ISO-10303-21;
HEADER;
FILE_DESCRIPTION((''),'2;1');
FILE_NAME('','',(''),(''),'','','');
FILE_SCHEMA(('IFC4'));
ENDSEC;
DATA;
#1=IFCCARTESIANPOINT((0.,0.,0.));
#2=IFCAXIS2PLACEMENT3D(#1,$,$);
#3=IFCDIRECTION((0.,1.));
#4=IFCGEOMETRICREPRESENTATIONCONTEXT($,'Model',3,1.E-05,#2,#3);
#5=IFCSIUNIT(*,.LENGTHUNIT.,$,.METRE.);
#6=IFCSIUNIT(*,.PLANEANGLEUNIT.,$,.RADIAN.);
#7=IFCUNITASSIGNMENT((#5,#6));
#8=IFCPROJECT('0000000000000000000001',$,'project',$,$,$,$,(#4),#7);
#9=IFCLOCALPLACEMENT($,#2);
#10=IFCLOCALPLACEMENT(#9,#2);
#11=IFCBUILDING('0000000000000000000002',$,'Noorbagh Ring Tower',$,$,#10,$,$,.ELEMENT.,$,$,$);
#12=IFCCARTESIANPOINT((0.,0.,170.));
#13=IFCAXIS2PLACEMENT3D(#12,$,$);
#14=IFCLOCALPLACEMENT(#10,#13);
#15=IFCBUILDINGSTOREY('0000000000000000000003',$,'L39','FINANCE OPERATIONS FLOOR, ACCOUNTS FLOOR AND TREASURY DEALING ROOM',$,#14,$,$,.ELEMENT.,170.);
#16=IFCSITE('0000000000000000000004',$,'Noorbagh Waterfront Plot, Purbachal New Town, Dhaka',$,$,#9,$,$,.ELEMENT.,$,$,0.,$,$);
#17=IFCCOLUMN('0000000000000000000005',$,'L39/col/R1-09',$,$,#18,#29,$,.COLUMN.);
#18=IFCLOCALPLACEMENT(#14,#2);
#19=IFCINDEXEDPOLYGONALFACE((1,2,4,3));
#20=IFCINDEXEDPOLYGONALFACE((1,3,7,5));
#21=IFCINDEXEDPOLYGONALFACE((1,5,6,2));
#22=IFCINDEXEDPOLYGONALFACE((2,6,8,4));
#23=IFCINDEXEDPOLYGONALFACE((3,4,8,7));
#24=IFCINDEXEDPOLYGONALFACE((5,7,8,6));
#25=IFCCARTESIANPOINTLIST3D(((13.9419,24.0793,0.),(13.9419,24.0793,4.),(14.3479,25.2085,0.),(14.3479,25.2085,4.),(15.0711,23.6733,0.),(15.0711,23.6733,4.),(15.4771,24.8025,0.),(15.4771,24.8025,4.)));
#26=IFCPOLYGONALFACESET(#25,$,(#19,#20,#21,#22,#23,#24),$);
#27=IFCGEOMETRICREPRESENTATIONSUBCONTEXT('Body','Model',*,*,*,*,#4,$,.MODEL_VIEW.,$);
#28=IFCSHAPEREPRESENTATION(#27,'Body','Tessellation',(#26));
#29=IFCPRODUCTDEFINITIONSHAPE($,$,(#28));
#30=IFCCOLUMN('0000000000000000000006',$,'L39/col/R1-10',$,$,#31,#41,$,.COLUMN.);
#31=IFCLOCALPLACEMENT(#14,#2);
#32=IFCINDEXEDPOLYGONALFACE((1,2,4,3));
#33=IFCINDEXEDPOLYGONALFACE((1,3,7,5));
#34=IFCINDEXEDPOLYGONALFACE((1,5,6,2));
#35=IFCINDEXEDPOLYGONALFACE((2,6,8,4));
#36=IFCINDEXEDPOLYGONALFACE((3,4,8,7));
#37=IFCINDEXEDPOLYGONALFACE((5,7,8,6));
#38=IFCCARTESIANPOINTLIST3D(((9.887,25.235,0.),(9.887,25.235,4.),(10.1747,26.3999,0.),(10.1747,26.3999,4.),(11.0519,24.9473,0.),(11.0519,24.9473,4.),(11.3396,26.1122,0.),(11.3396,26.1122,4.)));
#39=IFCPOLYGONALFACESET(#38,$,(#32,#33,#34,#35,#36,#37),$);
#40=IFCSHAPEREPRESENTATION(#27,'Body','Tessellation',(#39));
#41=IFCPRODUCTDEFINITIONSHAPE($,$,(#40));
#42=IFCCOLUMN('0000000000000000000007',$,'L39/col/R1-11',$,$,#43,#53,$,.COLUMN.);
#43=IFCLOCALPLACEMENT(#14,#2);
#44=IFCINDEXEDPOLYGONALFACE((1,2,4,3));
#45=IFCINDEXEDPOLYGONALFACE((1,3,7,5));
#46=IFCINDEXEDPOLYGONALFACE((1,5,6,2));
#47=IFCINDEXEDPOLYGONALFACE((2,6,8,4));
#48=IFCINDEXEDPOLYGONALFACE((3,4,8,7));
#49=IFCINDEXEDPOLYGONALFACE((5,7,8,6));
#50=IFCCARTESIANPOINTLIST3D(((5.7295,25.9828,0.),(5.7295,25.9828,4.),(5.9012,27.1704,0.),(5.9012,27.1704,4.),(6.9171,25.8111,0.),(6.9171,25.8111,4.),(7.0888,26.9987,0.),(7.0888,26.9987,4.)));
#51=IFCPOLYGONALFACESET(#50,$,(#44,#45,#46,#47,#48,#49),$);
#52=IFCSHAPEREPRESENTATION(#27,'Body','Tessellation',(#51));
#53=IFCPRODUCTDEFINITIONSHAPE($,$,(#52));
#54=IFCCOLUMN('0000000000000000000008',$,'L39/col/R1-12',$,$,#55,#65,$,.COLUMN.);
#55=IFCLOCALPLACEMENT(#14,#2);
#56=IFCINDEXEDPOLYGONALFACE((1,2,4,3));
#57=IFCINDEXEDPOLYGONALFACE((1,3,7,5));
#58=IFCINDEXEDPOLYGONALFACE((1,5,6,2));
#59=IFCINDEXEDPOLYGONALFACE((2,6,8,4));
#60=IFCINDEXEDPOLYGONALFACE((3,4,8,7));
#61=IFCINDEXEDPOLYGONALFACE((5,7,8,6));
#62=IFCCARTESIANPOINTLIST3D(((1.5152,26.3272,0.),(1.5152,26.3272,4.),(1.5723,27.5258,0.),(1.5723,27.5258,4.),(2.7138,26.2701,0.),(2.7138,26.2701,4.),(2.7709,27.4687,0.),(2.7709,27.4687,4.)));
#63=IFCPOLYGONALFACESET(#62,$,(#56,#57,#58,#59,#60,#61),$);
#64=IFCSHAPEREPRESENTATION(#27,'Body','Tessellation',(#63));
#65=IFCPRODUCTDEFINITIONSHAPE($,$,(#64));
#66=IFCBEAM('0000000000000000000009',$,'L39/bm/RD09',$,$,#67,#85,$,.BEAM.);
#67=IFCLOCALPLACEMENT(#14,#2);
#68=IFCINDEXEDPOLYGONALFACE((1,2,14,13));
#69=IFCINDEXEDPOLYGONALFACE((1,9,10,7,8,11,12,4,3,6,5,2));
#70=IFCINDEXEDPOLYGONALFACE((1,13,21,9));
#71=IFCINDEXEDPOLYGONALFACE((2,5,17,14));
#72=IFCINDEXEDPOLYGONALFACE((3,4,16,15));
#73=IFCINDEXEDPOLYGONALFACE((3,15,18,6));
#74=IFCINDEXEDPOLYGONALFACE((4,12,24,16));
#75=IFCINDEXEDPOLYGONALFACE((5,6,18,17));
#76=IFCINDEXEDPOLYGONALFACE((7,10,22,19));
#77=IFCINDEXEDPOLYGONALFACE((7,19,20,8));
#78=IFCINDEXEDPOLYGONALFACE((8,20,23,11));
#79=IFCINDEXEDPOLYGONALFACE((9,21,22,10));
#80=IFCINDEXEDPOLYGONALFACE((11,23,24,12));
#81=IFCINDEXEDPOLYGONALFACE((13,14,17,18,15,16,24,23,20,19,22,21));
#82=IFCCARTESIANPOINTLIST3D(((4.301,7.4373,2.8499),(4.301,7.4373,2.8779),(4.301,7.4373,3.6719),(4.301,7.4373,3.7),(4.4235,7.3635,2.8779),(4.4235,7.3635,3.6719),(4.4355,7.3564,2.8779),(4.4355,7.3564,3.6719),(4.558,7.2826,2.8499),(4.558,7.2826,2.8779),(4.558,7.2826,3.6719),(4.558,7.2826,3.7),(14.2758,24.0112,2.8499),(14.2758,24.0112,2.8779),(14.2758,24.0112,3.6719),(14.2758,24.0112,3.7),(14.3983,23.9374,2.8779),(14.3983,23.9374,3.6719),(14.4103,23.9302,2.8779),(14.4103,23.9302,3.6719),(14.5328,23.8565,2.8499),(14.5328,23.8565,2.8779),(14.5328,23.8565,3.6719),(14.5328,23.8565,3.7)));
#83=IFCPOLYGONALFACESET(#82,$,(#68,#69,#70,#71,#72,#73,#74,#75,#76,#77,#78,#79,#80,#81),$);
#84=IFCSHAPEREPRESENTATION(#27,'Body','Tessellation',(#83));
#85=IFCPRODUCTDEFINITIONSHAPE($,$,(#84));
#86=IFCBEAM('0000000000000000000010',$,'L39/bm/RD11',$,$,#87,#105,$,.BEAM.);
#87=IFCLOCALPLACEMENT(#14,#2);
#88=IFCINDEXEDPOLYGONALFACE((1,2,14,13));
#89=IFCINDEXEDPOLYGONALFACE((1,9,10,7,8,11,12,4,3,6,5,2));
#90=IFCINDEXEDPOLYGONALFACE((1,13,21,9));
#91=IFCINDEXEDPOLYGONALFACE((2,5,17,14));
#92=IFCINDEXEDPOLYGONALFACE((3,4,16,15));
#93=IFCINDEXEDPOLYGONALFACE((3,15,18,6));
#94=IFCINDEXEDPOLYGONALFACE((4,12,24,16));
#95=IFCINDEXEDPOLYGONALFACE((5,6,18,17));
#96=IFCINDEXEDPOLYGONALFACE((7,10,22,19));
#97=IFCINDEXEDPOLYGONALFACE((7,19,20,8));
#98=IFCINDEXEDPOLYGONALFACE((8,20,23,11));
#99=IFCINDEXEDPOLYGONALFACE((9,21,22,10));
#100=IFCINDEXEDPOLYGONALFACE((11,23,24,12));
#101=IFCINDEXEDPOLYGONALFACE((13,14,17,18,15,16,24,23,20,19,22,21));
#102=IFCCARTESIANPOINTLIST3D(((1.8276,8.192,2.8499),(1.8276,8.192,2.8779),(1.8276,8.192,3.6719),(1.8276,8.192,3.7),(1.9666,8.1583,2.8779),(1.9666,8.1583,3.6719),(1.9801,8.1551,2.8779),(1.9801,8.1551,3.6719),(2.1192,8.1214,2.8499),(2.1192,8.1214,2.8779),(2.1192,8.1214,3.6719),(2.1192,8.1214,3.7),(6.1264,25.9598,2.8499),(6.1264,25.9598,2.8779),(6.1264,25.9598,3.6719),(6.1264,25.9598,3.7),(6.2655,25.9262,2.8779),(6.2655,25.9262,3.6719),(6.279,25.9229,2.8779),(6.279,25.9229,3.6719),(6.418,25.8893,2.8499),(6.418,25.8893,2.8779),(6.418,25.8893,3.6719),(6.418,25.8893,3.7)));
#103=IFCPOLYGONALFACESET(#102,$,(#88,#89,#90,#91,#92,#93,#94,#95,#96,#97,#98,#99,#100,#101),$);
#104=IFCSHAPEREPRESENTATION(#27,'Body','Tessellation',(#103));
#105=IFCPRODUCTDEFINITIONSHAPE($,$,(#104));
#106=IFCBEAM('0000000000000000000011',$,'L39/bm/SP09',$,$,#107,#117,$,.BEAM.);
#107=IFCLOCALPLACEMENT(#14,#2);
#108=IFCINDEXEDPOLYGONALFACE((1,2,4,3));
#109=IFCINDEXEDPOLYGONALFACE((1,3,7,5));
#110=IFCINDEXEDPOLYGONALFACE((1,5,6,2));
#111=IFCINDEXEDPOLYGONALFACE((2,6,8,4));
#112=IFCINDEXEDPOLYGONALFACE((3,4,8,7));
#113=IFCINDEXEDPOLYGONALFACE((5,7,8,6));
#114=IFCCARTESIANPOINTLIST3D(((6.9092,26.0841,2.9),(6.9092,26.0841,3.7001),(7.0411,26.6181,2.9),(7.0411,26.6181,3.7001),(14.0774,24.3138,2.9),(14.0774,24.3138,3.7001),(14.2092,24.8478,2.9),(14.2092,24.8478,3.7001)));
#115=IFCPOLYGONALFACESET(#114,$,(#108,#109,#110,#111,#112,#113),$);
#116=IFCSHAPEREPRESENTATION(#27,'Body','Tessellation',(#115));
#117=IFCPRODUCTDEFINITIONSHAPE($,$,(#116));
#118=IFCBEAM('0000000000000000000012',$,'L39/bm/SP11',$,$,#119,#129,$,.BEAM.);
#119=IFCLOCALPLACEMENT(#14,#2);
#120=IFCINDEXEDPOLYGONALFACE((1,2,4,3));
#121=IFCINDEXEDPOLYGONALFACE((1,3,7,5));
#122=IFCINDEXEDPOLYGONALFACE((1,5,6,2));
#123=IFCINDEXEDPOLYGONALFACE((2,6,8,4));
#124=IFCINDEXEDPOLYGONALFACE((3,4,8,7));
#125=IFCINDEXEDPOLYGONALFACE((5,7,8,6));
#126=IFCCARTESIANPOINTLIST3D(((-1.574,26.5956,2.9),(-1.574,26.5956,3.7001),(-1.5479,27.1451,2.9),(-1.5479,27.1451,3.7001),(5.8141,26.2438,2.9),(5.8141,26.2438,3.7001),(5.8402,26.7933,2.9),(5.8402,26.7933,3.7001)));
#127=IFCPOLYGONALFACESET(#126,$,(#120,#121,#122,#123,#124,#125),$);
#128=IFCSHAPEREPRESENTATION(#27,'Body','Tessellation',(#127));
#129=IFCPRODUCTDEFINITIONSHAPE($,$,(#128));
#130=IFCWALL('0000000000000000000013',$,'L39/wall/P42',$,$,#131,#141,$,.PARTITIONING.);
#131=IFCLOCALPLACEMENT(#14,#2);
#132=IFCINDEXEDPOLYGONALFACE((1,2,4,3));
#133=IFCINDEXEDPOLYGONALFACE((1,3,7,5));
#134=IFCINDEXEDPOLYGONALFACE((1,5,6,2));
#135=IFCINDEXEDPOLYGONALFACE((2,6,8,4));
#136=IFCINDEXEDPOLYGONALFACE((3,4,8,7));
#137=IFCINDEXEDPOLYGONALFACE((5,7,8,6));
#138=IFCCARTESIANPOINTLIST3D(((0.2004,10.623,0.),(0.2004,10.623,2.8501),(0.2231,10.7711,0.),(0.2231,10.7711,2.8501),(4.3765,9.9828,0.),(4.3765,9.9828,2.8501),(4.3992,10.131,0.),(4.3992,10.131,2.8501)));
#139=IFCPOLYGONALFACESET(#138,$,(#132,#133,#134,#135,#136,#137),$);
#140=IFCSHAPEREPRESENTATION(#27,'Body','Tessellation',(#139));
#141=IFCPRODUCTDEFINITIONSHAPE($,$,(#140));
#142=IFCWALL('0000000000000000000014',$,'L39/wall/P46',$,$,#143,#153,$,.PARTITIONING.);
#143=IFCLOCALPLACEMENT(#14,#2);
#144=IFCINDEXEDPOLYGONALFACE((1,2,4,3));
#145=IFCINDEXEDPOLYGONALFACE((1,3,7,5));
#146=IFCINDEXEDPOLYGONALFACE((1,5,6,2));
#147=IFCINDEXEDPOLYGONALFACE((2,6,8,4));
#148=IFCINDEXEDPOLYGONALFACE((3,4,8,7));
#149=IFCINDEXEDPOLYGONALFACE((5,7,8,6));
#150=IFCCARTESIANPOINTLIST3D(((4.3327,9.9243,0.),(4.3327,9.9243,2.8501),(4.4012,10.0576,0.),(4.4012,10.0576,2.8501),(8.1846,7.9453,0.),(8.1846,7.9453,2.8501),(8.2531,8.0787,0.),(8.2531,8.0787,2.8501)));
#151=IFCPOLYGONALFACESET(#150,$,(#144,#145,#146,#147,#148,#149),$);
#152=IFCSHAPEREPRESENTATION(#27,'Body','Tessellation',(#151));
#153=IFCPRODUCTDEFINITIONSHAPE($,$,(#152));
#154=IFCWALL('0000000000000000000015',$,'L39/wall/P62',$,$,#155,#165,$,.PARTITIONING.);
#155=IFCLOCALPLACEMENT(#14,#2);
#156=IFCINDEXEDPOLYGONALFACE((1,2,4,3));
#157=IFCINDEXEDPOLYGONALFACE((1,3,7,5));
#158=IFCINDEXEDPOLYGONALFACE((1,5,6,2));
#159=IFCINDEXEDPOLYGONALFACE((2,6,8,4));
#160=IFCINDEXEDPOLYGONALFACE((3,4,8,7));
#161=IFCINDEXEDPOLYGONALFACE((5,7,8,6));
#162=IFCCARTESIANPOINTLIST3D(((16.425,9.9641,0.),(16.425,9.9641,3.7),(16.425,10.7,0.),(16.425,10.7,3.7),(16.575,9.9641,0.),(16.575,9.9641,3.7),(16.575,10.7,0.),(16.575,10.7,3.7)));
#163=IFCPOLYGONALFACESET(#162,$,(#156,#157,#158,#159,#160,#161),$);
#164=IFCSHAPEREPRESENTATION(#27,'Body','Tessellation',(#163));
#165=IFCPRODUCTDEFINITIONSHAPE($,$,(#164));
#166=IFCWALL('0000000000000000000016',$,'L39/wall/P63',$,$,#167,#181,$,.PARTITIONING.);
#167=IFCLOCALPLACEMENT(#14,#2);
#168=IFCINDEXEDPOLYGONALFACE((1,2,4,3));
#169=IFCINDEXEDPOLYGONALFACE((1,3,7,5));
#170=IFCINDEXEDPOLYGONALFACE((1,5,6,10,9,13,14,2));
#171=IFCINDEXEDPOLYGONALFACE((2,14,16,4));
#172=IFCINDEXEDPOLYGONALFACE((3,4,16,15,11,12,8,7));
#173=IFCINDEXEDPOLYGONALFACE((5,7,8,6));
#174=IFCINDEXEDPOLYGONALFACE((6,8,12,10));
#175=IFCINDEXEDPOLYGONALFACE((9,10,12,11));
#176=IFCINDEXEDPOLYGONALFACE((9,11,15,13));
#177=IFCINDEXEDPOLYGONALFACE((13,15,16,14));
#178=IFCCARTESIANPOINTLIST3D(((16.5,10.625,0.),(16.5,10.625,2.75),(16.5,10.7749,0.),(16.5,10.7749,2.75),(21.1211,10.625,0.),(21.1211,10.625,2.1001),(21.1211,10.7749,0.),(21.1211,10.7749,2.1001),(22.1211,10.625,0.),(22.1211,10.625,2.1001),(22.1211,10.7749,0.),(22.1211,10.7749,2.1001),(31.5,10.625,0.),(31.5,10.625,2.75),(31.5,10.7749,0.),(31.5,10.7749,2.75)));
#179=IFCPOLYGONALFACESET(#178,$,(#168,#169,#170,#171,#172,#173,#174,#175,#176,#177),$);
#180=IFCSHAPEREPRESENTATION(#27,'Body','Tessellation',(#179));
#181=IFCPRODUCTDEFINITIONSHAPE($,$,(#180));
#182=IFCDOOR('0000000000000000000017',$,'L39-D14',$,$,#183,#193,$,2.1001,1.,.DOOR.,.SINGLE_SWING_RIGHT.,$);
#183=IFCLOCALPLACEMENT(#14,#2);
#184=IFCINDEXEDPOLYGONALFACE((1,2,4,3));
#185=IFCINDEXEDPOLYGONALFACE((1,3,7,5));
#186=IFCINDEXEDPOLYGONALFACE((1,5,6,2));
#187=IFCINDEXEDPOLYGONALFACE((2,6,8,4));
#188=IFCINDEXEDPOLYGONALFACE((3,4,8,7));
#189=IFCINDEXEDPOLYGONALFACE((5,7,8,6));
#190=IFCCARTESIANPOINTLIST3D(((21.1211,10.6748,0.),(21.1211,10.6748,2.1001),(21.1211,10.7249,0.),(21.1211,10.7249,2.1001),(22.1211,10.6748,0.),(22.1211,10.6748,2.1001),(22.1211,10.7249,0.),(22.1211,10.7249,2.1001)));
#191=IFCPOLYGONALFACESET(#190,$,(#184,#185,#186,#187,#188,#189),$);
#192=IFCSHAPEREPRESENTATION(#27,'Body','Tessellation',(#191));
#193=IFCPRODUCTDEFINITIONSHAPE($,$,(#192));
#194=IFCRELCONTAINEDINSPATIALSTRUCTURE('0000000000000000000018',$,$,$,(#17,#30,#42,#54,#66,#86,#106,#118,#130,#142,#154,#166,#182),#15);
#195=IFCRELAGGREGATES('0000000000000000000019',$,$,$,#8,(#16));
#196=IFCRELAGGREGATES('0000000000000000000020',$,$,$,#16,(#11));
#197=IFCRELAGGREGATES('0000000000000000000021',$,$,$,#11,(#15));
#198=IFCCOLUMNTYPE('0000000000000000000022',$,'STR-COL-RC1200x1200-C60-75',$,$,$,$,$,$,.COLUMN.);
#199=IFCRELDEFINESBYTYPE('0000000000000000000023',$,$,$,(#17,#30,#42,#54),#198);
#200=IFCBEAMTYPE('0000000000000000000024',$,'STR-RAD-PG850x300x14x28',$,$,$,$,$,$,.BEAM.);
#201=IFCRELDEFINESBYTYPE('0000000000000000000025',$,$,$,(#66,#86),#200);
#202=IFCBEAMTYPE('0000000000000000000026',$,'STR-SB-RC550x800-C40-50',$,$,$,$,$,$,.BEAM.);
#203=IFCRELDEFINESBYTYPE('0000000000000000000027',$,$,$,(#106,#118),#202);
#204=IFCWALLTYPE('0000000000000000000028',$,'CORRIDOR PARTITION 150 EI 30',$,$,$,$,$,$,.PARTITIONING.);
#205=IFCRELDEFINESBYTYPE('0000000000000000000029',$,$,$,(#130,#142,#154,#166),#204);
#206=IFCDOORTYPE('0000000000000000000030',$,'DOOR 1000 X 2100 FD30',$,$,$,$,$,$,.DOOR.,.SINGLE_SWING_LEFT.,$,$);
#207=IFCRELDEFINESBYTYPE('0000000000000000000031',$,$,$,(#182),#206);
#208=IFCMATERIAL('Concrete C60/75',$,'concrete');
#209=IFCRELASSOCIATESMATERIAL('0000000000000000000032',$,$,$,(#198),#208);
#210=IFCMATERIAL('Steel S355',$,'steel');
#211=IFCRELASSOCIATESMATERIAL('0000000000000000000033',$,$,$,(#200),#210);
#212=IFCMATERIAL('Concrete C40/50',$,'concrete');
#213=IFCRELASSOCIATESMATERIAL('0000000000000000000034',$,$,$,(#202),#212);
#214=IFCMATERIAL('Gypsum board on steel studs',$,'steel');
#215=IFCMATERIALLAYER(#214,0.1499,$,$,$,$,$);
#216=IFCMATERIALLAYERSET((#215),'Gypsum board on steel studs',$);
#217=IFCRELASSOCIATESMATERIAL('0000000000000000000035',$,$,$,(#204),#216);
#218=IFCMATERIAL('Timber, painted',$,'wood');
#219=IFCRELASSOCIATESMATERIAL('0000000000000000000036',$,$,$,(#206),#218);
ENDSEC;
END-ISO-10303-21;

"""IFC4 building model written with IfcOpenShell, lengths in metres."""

from ifc_helpers import new_model, si_unit, direction, frame, frame_2d, origin, origin_2d, place, context, subcontext, project, spatial, rectangle, i_section, extrude, material, layer, layer_set, material_profile, profile_set, type_object, element, fill, save


model = new_model("IFC4")

# Units and contexts
model_context = context("Model", 3, precision=1e-05, world=origin(), true_north=direction((0.0, 1.0)))
body_context = subcontext(model_context, "Body", "Model", "MODEL_VIEW")
ifc_project = project(units=[si_unit("LENGTHUNIT", "METRE"), si_unit("PLANEANGLEUNIT", "RADIAN")], contexts=[model_context])

# Site, building, storey
site_placement = place(None, origin())
site = spatial("IfcSite", under=ifc_project, at=site_placement, Name="Noorbagh Waterfront Plot, Purbachal New Town, Dhaka", CompositionType="ELEMENT", RefElevation=0.0)
building_placement = place(site_placement, origin())
building = spatial("IfcBuilding", under=site, at=building_placement, Name="Noorbagh Ring Tower", CompositionType="ELEMENT")
storey_placement = place(building_placement, frame((0.0, 0.0, 170.0)))
storey = spatial("IfcBuildingStorey", under=building, at=storey_placement, Name="L39", Description="FINANCE OPERATIONS FLOOR, ACCOUNTS FLOOR AND TREASURY DEALING ROOM", CompositionType="ELEMENT", Elevation=170.0)

# Columns
ifc_material_1 = material(Name="Concrete C60/75", Category="concrete")
ifc_material_profile_1 = material_profile(ifc_material_1, rectangle(XDim=1.2, YDim=1.2, at=origin_2d()), Name="RC1200x1200")
ifc_profile_set_1 = profile_set([ifc_material_profile_1], Name="Concrete C60/75")
column_type = type_object("IfcColumnType", Name="STR-COL-RC1200x1200-C60-75", PredefinedType="COLUMN", material=ifc_profile_set_1)
for number, where, z_axis, x_axis, name in (
    (1, (14.7095, 24.4409, 0.0), (0.0, 0.0, 1.0), (-0.941025, 0.338338, 0.0), "L39/col/R1-09"),
    (2, (10.6133, 25.6736, 0.0), (0.0, 0.0, 1.0), (-0.970829, 0.239771, 0.0), "L39/col/R1-10"),
    (3, (6.4092, 26.4907, 0.0), (0.0, 0.0, 1.0), (-0.989713, 0.143066, 0.0), "L39/col/R1-11"),
    (4, (2.1431, 26.8979, 0.0), (0.0, 0.0, 1.0), (-0.998869, 0.047553, 0.0), "L39/col/R1-12"),
):
    element("IfcColumn", number, at=place(storey_placement, frame(where, z_axis=z_axis, x_axis=x_axis)), inside=storey, type_object=column_type, Name=name, PredefinedType="COLUMN", context=body_context, shape_type="SweptSolid", body=[
        extrude(rectangle(XDim=1.2, YDim=1.2, at=origin_2d()), origin(), (0.0, 0.0, 1.0), 4.0),
    ])

# Beams
ifc_material_2 = material(Name="Steel S355", Category="steel")
ifc_material_profile_2 = material_profile(ifc_material_2, i_section(OverallWidth=0.3, OverallDepth=0.8501, WebThickness=0.0139, FlangeThickness=0.0281, at=origin_2d()), Name="PG850x300x14x28")
ifc_profile_set_2 = profile_set([ifc_material_profile_2], Name="Steel S355")
beam_type_1 = type_object("IfcBeamType", Name="STR-RAD-PG850x300x14x28", PredefinedType="BEAM", material=ifc_profile_set_2)
beam_1_placement = place(storey_placement, frame((14.4043, 23.9338, 3.2749), z_axis=(-0.515653, -0.856797, 0.0), x_axis=(0.856797, -0.515653, 0.0)))
element("IfcBeam", 5, at=beam_1_placement, inside=storey, type_object=beam_type_1, Name="L39/bm/RD09", PredefinedType="BEAM", context=body_context, shape_type="SweptSolid", body=[
    extrude(i_section(OverallWidth=0.3, OverallDepth=0.8501, WebThickness=0.0139, FlangeThickness=0.0281, at=origin_2d()), origin(), (0.0, 0.0, 1.0), 19.344),
])
beam_2_placement = place(storey_placement, frame((6.2722, 25.9246, 3.2749), z_axis=(-0.23516, -0.971957, 0.0), x_axis=(0.971957, -0.23516, 0.0)))
element("IfcBeam", 6, at=beam_2_placement, inside=storey, type_object=beam_type_1, Name="L39/bm/RD11", PredefinedType="BEAM", context=body_context, shape_type="SweptSolid", body=[
    extrude(i_section(OverallWidth=0.3, OverallDepth=0.8501, WebThickness=0.0139, FlangeThickness=0.0281, at=origin_2d()), origin(), (0.0, 0.0, 1.0), 18.2805),
])
ifc_material_3 = material(Name="Concrete C40/50", Category="concrete")
ifc_material_profile_3 = material_profile(ifc_material_3, rectangle(XDim=0.55, YDim=0.8, at=origin_2d()), Name="RC550x800")
ifc_profile_set_3 = profile_set([ifc_material_profile_3], Name="Concrete C40/50")
beam_type_2 = type_object("IfcBeamType", Name="STR-SB-RC550x800-C40-50", PredefinedType="BEAM", material=ifc_profile_set_3)
beam_3_placement = place(storey_placement, frame((14.1433, 24.5808, 3.3), z_axis=(-0.970833, 0.239757, 0.0), x_axis=(-0.239757, -0.970833, 0.0)))
element("IfcBeam", 7, at=beam_3_placement, inside=storey, type_object=beam_type_2, Name="L39/bm/SP09", PredefinedType="BEAM", context=body_context, shape_type="SweptSolid", body=[
    extrude(rectangle(XDim=0.55, YDim=0.8, at=origin_2d()), origin(), (0.0, 0.0, 1.0), 7.3835),
])
beam_4_placement = place(storey_placement, frame((5.8271, 26.5186, 3.3), z_axis=(-0.998868, 0.047564, 0.0), x_axis=(-0.047564, -0.998868, 0.0)))
element("IfcBeam", 8, at=beam_4_placement, inside=storey, type_object=beam_type_2, Name="L39/bm/SP11", PredefinedType="BEAM", context=body_context, shape_type="SweptSolid", body=[
    extrude(rectangle(XDim=0.55, YDim=0.8, at=origin_2d()), origin(), (0.0, 0.0, 1.0), 7.3965),
])

# Walls
ifc_material_4 = material(Name="Gypsum board on steel studs", Category="steel")
ifc_layer_1 = layer(ifc_material_4, 0.1499)
ifc_layer_set_1 = layer_set([ifc_layer_1], Name="Gypsum board on steel studs")
wall_type_1 = type_object("IfcWallType", Name="CORRIDOR PARTITION 150 EI 30", PredefinedType="PARTITIONING", material=ifc_layer_set_1)
wall_1_placement = place(storey_placement, frame((0.2119, 10.697, 0.0), z_axis=(0.0, 0.0, 1.0), x_axis=(0.988454, -0.151519, 0.0)))
element("IfcWall", 9, at=wall_1_placement, inside=storey, type_object=wall_type_1, Name="L39/wall/P42", PredefinedType="PARTITIONING", context=body_context, shape_type="SweptSolid", body=[
    extrude(rectangle(XDim=4.2249, YDim=0.1499, at=frame_2d((2.1123, 0.0))), origin(), (0.0, 0.0, 1.0), 2.8501),
])
wall_2_placement = place(storey_placement, frame((4.3669, 9.991, 0.0), z_axis=(0.0, 0.0, 1.0), x_axis=(0.88948, -0.456973, 0.0)))
element("IfcWall", 10, at=wall_2_placement, inside=storey, type_object=wall_type_1, Name="L39/wall/P46", PredefinedType="PARTITIONING", context=body_context, shape_type="SweptSolid", body=[
    extrude(rectangle(XDim=4.3306, YDim=0.1499, at=frame_2d((2.1653, 0.0))), origin(), (0.0, 0.0, 1.0), 2.8501),
])
wall_3_placement = place(storey_placement, frame((16.5, 9.9641, 0.0), z_axis=(0.0, 0.0, 1.0), x_axis=(0.0, 1.0, 0.0)))
element("IfcWall", 11, at=wall_3_placement, inside=storey, type_object=wall_type_1, Name="L39/wall/P62", PredefinedType="PARTITIONING", context=body_context, shape_type="SweptSolid", body=[
    extrude(rectangle(XDim=0.7358, YDim=0.1499, at=frame_2d((0.3679, 0.0))), origin(), (0.0, 0.0, 1.0), 3.7),
])

# Wall, opening, door
wall_4_placement = place(storey_placement, frame((16.5, 10.7, 0.0), z_axis=(0.0, 0.0, 1.0), x_axis=(1.0, 0.0, 0.0)))
wall_4 = element("IfcWall", 12, at=wall_4_placement, inside=storey, type_object=wall_type_1, Name="L39/wall/P63", PredefinedType="PARTITIONING", context=body_context, shape_type="SweptSolid", body=[
    extrude(rectangle(XDim=15.0, YDim=0.1499, at=frame_2d((7.5, 0.0))), origin(), (0.0, 0.0, 1.0), 2.75),
])
opening_placement = place(wall_4_placement, frame((4.6211, 0.0, 0.0)))
opening = element("IfcOpeningElement", 13, at=opening_placement, cuts=wall_4, PredefinedType="OPENING", context=body_context, shape_type="SweptSolid", body=[
    extrude(rectangle(XDim=1.0, YDim=2.1001, at=frame_2d((0.5, 1.05))), frame((0.0, 0.085, 0.0), z_axis=(0.0, -1.0, 0.0), x_axis=(1.0, 0.0, 0.0)), (0.0, 0.0, 1.0), 0.1699),
])
ifc_material_5 = material(Name="Timber, painted", Category="wood")
door_type = type_object("IfcDoorType", Name="DOOR 1000 X 2100 FD30", OperationType="SINGLE_SWING_LEFT", PredefinedType="DOOR", material=ifc_material_5)
door_placement = place(opening_placement, origin())
door = element("IfcDoor", 14, at=door_placement, inside=storey, type_object=door_type, Name="L39-D14", OperationType="SINGLE_SWING_RIGHT", OverallHeight=2.1001, OverallWidth=1.0, PredefinedType="DOOR", context=body_context, shape_type="SweptSolid", body=[
    extrude(rectangle(XDim=1.0, YDim=2.1001, at=frame_2d((0.5, 1.05))), frame((0.0, 0.0249, 0.0), z_axis=(0.0, -1.0, 0.0), x_axis=(1.0, 0.0, 0.0)), (0.0, 0.0, 1.0), 0.05),
])
fill(opening, door)

save(model, "model.ifc")
